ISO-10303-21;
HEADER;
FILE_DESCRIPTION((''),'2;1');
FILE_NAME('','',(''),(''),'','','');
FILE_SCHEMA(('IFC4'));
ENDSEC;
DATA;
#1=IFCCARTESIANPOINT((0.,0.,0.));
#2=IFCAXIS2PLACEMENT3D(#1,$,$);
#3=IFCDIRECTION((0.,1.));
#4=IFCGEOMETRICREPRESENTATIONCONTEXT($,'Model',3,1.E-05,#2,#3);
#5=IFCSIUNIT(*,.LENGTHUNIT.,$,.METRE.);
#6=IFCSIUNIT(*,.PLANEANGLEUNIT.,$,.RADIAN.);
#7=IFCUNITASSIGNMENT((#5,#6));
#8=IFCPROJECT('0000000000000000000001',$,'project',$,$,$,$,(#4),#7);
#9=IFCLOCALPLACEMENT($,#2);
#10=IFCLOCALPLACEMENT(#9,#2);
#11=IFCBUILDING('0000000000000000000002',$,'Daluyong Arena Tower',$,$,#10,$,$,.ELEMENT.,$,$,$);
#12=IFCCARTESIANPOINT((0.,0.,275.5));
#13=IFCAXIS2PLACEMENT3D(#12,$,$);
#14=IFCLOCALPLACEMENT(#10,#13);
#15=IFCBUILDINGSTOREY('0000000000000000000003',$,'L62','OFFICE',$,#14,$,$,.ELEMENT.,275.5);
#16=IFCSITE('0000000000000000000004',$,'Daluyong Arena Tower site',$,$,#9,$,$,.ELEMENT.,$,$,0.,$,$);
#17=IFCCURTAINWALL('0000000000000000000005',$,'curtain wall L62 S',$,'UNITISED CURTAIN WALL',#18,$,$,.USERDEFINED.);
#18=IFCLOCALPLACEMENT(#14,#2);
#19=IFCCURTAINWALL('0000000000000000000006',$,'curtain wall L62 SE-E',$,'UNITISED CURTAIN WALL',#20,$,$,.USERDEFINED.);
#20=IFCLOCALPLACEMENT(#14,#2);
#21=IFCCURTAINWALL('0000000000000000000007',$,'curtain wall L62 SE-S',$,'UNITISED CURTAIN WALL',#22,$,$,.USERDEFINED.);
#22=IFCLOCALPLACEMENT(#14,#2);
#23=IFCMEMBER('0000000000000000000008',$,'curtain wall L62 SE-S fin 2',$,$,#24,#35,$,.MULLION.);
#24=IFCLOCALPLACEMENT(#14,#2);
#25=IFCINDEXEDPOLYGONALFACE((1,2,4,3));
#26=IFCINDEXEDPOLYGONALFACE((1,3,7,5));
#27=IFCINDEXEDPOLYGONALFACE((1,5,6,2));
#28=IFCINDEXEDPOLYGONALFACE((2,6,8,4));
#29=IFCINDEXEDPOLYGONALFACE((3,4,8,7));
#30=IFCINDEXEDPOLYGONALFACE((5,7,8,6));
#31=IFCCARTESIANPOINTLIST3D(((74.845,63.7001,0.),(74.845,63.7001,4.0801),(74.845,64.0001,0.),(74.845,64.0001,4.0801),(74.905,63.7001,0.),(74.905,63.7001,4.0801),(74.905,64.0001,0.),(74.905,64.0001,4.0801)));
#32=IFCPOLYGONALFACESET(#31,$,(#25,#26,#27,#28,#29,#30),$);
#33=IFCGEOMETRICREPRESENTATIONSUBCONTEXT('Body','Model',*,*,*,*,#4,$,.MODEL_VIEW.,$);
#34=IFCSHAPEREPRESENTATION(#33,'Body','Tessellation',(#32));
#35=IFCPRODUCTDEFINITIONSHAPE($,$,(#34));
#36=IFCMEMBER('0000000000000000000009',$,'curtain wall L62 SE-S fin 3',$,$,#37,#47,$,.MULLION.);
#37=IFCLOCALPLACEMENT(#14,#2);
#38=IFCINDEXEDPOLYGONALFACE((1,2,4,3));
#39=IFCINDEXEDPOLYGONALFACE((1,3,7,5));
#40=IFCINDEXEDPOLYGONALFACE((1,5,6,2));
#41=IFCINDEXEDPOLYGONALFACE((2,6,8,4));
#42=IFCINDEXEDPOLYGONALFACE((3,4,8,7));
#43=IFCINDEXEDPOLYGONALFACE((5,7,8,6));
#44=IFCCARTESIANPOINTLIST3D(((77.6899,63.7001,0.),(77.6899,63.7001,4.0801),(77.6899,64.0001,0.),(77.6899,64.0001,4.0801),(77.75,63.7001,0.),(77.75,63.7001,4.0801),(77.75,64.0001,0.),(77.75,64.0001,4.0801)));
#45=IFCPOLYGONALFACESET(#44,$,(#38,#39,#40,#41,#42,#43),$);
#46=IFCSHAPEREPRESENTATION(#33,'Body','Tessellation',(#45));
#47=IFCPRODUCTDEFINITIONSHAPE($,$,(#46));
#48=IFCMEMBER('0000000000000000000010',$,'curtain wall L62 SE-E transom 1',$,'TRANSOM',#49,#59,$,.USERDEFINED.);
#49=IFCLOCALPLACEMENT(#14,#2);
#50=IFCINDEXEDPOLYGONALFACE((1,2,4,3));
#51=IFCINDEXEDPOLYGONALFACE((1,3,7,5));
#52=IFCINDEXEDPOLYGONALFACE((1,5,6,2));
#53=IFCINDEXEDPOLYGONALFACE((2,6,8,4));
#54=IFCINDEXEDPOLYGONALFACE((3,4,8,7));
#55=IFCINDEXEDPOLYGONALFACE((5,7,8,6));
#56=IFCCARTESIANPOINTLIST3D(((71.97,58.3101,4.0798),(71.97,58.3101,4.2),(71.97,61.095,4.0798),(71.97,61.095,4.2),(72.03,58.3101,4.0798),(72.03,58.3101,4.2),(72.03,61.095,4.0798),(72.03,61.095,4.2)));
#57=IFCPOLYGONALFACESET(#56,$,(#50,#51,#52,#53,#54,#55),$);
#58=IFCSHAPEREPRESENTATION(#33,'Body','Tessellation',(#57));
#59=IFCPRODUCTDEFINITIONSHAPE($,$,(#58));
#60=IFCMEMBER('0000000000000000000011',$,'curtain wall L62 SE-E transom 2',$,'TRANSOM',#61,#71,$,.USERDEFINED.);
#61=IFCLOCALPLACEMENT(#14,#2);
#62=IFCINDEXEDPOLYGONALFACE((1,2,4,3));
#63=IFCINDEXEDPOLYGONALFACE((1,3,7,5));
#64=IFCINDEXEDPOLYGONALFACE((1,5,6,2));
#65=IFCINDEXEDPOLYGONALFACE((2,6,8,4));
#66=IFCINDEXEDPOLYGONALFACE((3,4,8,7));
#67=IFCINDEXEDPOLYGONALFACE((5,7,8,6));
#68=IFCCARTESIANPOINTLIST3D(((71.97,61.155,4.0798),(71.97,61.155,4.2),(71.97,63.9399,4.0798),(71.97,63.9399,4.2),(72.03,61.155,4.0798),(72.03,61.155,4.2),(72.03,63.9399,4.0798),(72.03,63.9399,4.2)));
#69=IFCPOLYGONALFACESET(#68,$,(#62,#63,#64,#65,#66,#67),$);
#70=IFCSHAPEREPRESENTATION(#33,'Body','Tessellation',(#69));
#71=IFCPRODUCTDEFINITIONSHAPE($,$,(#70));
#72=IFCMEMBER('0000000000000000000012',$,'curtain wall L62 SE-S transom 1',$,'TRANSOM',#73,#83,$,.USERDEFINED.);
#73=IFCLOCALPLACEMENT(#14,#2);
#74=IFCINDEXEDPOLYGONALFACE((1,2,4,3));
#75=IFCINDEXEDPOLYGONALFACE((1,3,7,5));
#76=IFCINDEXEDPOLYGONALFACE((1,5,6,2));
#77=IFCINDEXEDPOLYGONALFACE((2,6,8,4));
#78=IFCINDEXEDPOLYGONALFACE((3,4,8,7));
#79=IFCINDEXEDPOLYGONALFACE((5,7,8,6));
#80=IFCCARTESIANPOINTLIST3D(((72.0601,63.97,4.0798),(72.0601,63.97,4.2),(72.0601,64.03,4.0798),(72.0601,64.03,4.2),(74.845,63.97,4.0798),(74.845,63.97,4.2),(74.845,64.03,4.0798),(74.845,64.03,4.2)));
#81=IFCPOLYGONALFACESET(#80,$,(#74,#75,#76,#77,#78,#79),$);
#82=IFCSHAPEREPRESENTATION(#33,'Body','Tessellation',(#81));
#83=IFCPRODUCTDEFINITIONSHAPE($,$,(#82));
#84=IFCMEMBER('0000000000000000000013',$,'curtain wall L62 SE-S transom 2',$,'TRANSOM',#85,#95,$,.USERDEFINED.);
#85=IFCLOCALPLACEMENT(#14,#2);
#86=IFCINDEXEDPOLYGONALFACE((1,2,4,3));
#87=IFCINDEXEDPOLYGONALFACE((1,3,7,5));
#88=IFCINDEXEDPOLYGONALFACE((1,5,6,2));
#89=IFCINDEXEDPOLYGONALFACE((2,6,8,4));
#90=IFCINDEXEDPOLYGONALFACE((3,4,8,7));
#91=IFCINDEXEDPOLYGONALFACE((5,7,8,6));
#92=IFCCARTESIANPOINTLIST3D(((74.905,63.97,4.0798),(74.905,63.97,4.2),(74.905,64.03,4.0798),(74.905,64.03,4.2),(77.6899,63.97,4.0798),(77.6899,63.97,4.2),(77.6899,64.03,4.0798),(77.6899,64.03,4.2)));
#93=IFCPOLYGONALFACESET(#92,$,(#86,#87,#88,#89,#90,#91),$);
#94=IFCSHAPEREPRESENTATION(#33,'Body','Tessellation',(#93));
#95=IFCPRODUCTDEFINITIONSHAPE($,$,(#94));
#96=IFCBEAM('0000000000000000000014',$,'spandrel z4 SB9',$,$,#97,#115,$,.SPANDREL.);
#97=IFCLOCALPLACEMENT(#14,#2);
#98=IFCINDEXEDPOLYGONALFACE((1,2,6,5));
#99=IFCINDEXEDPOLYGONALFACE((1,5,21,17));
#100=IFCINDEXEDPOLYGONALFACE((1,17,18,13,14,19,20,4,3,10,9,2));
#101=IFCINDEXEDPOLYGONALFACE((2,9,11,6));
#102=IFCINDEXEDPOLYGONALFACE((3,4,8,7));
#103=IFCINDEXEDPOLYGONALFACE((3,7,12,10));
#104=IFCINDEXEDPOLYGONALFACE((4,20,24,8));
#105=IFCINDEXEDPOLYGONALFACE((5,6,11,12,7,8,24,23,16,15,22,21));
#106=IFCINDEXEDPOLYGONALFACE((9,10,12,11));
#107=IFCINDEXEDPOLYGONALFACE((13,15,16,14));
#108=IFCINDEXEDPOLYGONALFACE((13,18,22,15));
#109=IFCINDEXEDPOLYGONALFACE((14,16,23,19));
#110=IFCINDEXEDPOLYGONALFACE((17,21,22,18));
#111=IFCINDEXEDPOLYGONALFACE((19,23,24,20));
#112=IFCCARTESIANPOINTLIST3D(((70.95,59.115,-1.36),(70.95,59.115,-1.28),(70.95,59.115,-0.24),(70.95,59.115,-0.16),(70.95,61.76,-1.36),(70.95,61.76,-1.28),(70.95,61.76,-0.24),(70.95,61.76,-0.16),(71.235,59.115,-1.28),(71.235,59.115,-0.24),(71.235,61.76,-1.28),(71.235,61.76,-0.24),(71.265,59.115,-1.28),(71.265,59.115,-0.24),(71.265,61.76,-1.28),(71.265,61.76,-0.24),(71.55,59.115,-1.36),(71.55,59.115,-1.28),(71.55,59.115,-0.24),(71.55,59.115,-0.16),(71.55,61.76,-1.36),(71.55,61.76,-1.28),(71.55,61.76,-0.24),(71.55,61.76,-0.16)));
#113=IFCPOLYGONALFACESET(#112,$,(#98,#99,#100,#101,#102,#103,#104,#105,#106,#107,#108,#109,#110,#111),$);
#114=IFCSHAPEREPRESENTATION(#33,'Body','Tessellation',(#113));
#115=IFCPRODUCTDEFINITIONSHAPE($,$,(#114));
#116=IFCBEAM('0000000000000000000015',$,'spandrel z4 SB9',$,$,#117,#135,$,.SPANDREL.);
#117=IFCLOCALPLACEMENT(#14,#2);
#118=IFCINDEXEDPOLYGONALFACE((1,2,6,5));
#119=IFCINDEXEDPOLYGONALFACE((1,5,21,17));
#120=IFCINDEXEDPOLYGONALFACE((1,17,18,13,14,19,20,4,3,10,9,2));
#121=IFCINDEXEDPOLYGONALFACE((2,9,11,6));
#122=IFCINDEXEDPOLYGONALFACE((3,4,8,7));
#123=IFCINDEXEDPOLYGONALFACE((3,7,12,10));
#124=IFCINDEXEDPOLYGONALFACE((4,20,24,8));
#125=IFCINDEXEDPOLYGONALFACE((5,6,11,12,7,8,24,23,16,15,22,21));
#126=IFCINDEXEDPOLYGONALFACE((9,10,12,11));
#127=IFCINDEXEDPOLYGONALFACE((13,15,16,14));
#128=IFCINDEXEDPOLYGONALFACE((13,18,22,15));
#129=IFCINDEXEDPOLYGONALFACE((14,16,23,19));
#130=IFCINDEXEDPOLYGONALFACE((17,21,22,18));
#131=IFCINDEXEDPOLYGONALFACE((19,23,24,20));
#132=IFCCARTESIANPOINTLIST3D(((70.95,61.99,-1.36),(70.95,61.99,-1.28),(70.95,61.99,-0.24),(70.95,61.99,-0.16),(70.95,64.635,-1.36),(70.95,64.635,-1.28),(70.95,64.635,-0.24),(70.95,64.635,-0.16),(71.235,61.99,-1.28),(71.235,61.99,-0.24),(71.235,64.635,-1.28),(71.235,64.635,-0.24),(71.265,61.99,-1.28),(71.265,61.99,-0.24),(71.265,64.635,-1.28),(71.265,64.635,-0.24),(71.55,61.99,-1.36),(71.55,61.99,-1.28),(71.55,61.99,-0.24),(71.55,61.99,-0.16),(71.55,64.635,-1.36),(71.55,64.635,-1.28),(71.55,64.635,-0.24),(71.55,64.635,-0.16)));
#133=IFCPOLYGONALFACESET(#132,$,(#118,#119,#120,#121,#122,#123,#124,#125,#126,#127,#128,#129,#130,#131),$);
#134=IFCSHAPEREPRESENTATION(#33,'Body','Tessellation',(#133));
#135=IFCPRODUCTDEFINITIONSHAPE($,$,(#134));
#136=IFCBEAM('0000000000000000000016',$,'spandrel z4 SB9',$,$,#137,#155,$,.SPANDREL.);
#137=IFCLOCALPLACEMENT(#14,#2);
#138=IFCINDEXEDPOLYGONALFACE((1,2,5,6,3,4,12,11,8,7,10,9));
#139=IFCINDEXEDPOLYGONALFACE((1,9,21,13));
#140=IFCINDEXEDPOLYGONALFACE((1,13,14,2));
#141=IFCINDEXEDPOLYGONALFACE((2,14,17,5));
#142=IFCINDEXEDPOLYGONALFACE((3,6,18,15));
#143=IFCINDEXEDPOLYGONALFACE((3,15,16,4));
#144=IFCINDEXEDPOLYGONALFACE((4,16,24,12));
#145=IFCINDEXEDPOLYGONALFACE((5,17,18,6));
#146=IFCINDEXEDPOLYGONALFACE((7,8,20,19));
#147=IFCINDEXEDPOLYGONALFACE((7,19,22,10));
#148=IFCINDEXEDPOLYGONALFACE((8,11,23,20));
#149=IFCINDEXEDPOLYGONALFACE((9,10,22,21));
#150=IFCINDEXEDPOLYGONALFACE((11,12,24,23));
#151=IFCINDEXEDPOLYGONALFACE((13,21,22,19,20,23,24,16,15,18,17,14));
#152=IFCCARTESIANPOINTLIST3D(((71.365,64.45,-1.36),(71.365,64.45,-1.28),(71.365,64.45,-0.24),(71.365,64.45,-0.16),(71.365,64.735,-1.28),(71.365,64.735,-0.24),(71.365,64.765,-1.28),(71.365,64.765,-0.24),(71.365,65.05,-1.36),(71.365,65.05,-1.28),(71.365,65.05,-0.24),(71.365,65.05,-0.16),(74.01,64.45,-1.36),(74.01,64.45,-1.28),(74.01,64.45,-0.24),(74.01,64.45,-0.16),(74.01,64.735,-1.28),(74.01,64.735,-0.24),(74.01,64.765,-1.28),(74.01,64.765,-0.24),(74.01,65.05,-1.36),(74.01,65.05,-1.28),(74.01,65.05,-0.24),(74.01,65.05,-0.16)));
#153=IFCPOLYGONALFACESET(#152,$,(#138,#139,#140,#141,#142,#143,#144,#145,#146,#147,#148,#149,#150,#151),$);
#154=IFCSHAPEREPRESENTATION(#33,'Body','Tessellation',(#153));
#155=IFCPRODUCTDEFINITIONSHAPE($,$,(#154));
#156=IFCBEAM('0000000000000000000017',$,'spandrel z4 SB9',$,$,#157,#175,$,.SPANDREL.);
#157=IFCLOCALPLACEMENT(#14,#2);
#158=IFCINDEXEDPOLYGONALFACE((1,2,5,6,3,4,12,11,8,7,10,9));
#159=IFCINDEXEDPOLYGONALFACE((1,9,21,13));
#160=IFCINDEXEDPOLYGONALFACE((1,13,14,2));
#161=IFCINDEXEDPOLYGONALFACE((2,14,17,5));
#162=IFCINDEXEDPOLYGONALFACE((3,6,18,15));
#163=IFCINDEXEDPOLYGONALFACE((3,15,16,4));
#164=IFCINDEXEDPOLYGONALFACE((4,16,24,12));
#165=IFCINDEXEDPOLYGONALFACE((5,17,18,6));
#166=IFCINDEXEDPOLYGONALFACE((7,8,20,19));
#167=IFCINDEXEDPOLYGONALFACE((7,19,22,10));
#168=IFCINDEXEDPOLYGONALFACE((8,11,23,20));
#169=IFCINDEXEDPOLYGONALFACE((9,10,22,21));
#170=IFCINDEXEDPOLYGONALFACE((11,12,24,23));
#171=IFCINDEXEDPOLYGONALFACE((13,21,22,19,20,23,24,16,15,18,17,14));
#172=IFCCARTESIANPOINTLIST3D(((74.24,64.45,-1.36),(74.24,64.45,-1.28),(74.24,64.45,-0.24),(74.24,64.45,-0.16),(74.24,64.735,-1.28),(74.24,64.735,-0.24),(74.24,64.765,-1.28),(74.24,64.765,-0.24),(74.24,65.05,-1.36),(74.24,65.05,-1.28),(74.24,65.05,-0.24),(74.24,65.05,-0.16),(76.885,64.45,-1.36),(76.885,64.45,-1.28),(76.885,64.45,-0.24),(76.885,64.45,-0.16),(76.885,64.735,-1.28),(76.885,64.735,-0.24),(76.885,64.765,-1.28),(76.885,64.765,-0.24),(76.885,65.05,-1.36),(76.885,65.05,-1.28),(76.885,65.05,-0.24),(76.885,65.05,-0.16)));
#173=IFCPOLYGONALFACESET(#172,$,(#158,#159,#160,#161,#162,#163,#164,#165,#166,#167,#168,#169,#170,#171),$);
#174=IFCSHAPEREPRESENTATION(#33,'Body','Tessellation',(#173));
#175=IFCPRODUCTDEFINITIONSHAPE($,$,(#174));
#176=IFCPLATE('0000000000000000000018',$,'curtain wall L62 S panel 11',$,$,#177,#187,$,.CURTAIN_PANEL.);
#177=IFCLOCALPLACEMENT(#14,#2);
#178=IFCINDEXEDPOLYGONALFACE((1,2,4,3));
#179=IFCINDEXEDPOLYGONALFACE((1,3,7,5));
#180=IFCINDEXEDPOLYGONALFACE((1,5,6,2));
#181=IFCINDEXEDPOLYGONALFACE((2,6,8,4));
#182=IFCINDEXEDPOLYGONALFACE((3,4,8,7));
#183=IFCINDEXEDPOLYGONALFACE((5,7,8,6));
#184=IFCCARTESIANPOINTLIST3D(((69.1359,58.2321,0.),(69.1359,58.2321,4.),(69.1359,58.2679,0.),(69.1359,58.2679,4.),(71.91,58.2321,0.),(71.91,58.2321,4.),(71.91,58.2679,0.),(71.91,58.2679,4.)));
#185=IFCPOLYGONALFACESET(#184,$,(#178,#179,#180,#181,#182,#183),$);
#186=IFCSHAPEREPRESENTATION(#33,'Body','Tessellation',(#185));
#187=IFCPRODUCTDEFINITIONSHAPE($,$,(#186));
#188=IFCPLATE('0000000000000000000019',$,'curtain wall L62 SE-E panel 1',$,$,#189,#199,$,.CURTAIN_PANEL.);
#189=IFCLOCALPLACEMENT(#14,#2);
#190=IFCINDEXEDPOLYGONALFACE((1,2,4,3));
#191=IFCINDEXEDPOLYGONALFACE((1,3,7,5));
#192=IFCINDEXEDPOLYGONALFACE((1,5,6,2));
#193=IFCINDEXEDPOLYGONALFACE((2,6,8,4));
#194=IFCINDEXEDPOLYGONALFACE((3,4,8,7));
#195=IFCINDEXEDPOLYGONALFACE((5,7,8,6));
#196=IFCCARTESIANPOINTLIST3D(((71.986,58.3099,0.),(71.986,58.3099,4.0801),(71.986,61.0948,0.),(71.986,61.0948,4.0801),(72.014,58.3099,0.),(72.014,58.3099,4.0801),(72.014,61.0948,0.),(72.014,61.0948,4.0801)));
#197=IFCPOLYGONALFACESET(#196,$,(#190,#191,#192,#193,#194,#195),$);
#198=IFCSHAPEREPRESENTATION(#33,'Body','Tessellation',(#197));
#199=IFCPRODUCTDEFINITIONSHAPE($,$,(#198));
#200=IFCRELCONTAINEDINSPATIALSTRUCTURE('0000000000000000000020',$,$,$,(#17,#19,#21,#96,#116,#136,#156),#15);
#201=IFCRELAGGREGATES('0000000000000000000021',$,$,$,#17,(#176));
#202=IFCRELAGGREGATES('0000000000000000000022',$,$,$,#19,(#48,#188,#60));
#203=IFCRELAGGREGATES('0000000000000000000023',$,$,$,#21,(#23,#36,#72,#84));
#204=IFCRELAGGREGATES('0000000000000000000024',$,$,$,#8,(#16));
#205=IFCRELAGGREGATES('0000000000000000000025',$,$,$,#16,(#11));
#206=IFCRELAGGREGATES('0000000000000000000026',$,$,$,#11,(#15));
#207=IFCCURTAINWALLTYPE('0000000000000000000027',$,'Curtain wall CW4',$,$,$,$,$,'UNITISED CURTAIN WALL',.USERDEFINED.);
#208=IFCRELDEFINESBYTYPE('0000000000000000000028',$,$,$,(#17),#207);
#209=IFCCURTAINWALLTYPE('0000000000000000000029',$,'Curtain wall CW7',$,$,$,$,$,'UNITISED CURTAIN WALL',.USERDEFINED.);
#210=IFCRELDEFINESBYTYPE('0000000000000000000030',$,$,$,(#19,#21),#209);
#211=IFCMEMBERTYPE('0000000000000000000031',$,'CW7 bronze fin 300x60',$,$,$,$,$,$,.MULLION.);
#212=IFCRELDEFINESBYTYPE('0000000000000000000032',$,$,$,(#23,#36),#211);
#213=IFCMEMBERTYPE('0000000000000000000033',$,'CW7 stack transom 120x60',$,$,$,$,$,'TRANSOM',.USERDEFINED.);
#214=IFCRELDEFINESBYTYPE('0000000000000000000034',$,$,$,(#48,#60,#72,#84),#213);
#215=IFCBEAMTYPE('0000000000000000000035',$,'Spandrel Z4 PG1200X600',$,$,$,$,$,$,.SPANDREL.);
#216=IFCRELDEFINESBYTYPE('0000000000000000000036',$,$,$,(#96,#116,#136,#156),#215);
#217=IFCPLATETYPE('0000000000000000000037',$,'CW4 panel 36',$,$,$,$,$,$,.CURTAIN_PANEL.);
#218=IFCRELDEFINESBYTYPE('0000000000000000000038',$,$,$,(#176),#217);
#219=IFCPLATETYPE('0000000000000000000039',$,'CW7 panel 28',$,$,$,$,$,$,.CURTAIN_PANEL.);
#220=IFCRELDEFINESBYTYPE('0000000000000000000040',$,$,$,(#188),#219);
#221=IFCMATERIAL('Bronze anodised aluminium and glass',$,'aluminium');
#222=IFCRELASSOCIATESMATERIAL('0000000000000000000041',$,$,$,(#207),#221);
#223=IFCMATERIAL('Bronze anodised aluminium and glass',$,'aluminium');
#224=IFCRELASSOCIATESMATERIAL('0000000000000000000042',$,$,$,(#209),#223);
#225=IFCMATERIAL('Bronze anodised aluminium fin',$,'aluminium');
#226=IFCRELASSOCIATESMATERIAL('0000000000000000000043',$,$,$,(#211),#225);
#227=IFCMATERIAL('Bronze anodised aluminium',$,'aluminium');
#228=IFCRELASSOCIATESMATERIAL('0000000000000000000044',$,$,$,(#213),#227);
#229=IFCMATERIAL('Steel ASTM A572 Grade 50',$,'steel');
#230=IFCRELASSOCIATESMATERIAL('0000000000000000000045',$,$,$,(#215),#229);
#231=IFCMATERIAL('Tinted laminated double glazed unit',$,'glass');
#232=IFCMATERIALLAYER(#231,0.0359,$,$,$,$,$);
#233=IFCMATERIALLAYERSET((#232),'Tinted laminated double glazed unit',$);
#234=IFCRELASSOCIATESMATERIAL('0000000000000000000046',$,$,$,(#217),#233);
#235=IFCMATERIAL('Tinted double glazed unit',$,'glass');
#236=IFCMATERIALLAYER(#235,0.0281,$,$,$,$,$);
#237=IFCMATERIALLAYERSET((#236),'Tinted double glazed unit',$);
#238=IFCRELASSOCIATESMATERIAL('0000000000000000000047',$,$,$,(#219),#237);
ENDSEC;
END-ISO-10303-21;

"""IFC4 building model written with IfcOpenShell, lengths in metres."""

from ifc_helpers import new_model, si_unit, direction, frame, origin, origin_2d, place, context, subcontext, project, spatial, rectangle, i_section, extrude, material, layer, layer_set, material_profile, profile_set, type_object, element, aggregate, save


model = new_model("IFC4")

# Units and contexts
model_context = context("Model", 3, precision=1e-05, world=origin(), true_north=direction((0.0, 1.0)))
body_context = subcontext(model_context, "Body", "Model", "MODEL_VIEW")
ifc_project = project(units=[si_unit("LENGTHUNIT", "METRE"), si_unit("PLANEANGLEUNIT", "RADIAN")], contexts=[model_context])

# Site, building, storey
site_placement = place(None, origin())
site = spatial("IfcSite", under=ifc_project, at=site_placement, Name="Daluyong Arena Tower site", CompositionType="ELEMENT", RefElevation=0.0)
building_placement = place(site_placement, origin())
building = spatial("IfcBuilding", under=site, at=building_placement, Name="Daluyong Arena Tower", CompositionType="ELEMENT")
storey_placement = place(building_placement, frame((0.0, 0.0, 275.5)))
storey = spatial("IfcBuildingStorey", under=building, at=storey_placement, Name="L62", Description="OFFICE", CompositionType="ELEMENT", Elevation=275.5)

# Curtain wall
ifc_material_1 = material(Name="Bronze anodised aluminium and glass", Category="aluminium")
curtain_wall_type_1 = type_object("IfcCurtainWallType", Name="Curtain wall CW4", ElementType="UNITISED CURTAIN WALL", PredefinedType="USERDEFINED", material=ifc_material_1)
curtain_wall_1_placement = place(storey_placement, origin())
curtain_wall_1 = element("IfcCurtainWall", 1, at=curtain_wall_1_placement, inside=storey, type_object=curtain_wall_type_1, Name="curtain wall L62 S", ObjectType="UNITISED CURTAIN WALL", PredefinedType="USERDEFINED")

# Curtain walls, members
ifc_material_2 = material(Name="Bronze anodised aluminium and glass", Category="aluminium")
curtain_wall_type_2 = type_object("IfcCurtainWallType", Name="Curtain wall CW7", ElementType="UNITISED CURTAIN WALL", PredefinedType="USERDEFINED", material=ifc_material_2)
curtain_wall_2_placement = place(storey_placement, origin())
curtain_wall_2 = element("IfcCurtainWall", 2, at=curtain_wall_2_placement, inside=storey, type_object=curtain_wall_type_2, Name="curtain wall L62 SE-E", ObjectType="UNITISED CURTAIN WALL", PredefinedType="USERDEFINED")
ifc_material_3 = material(Name="Bronze anodised aluminium fin", Category="aluminium")
ifc_material_profile_1 = material_profile(ifc_material_3, rectangle(XDim=0.3, YDim=0.0601, at=origin_2d()))
ifc_profile_set_1 = profile_set([ifc_material_profile_1], Name="Bronze anodised aluminium fin")
member_type_1 = type_object("IfcMemberType", Name="CW7 bronze fin 300x60", PredefinedType="MULLION", material=ifc_profile_set_1)
curtain_wall_3_placement = place(storey_placement, origin())
curtain_wall_3 = element("IfcCurtainWall", 3, at=curtain_wall_3_placement, inside=storey, type_object=curtain_wall_type_2, Name="curtain wall L62 SE-S", ObjectType="UNITISED CURTAIN WALL", PredefinedType="USERDEFINED")
member_1_placement = place(storey_placement, frame((74.875, 63.8501, 0.0), z_axis=(0.0, 0.0, 1.0), x_axis=(0.0, 1.0, 0.0)))
member_1 = element("IfcMember", 4, at=member_1_placement, type_object=member_type_1, Name="curtain wall L62 SE-S fin 2", PredefinedType="MULLION", context=body_context, shape_type="SweptSolid", body=[
    extrude(rectangle(XDim=0.3, YDim=0.0601, at=origin_2d()), origin(), (0.0, 0.0, 1.0), 4.0801),
])
member_2_placement = place(storey_placement, frame((77.72, 63.8501, 0.0), z_axis=(0.0, 0.0, 1.0), x_axis=(0.0, 1.0, 0.0)))
member_2 = element("IfcMember", 5, at=member_2_placement, type_object=member_type_1, Name="curtain wall L62 SE-S fin 3", PredefinedType="MULLION", context=body_context, shape_type="SweptSolid", body=[
    extrude(rectangle(XDim=0.3, YDim=0.0601, at=origin_2d()), origin(), (0.0, 0.0, 1.0), 4.0801),
])

# Members
ifc_material_4 = material(Name="Bronze anodised aluminium", Category="aluminium")
ifc_material_profile_2 = material_profile(ifc_material_4, rectangle(XDim=0.0601, YDim=0.1201, at=origin_2d()))
ifc_profile_set_2 = profile_set([ifc_material_profile_2], Name="Bronze anodised aluminium")
member_type_2 = type_object("IfcMemberType", Name="CW7 stack transom 120x60", ElementType="TRANSOM", PredefinedType="USERDEFINED", material=ifc_profile_set_2)
member_3_placement = place(storey_placement, frame((72.0, 58.3101, 4.1399), z_axis=(0.0, 1.0, 0.0), x_axis=(-1.0, 0.0, 0.0)))
member_3 = element("IfcMember", 6, at=member_3_placement, type_object=member_type_2, Name="curtain wall L62 SE-E transom 1", ObjectType="TRANSOM", PredefinedType="USERDEFINED", context=body_context, shape_type="SweptSolid", body=[
    extrude(rectangle(XDim=0.0601, YDim=0.1201, at=origin_2d()), origin(), (0.0, 0.0, 1.0), 2.7849),
])
member_4_placement = place(storey_placement, frame((72.0, 61.155, 4.1399), z_axis=(0.0, 1.0, 0.0), x_axis=(-1.0, 0.0, 0.0)))
member_4 = element("IfcMember", 7, at=member_4_placement, type_object=member_type_2, Name="curtain wall L62 SE-E transom 2", ObjectType="TRANSOM", PredefinedType="USERDEFINED", context=body_context, shape_type="SweptSolid", body=[
    extrude(rectangle(XDim=0.0601, YDim=0.1201, at=origin_2d()), origin(), (0.0, 0.0, 1.0), 2.7849),
])
member_5_placement = place(storey_placement, frame((72.0601, 64.0, 4.1399), z_axis=(1.0, 0.0, 0.0), x_axis=(0.0, 1.0, 0.0)))
member_5 = element("IfcMember", 8, at=member_5_placement, type_object=member_type_2, Name="curtain wall L62 SE-S transom 1", ObjectType="TRANSOM", PredefinedType="USERDEFINED", context=body_context, shape_type="SweptSolid", body=[
    extrude(rectangle(XDim=0.0601, YDim=0.1201, at=origin_2d()), origin(), (0.0, 0.0, 1.0), 2.7849),
])
member_6_placement = place(storey_placement, frame((74.905, 64.0, 4.1399), z_axis=(1.0, 0.0, 0.0), x_axis=(0.0, 1.0, 0.0)))
member_6 = element("IfcMember", 9, at=member_6_placement, type_object=member_type_2, Name="curtain wall L62 SE-S transom 2", ObjectType="TRANSOM", PredefinedType="USERDEFINED", context=body_context, shape_type="SweptSolid", body=[
    extrude(rectangle(XDim=0.0601, YDim=0.1201, at=origin_2d()), origin(), (0.0, 0.0, 1.0), 2.7849),
])

# Beams
ifc_material_5 = material(Name="Steel ASTM A572 Grade 50", Category="steel")
ifc_material_profile_3 = material_profile(ifc_material_5, i_section(OverallWidth=0.6001, OverallDepth=1.2, WebThickness=0.03, FlangeThickness=0.08, at=origin_2d()))
ifc_profile_set_3 = profile_set([ifc_material_profile_3], Name="Steel ASTM A572 Grade 50")
beam_type = type_object("IfcBeamType", Name="Spandrel Z4 PG1200X600", PredefinedType="SPANDREL", material=ifc_profile_set_3)
for number, where, z_axis, x_axis, name in (
    (10, (71.25, 59.115, -0.76), (0.0, 1.0, 0.0), (-1.0, 0.0, 0.0), "spandrel z4 SB9"),
    (11, (71.25, 61.99, -0.76), (0.0, 1.0, 0.0), (-1.0, 0.0, 0.0), "spandrel z4 SB9"),
    (12, (71.365, 64.75, -0.76), (1.0, 0.0, 0.0), (0.0, 1.0, 0.0), "spandrel z4 SB9"),
    (13, (74.24, 64.75, -0.76), (1.0, 0.0, 0.0), (0.0, 1.0, 0.0), "spandrel z4 SB9"),
):
    element("IfcBeam", number, at=place(storey_placement, frame(where, z_axis=z_axis, x_axis=x_axis)), inside=storey, type_object=beam_type, Name=name, PredefinedType="SPANDREL", context=body_context, shape_type="SweptSolid", body=[
        extrude(i_section(OverallWidth=0.6001, OverallDepth=1.2, WebThickness=0.03, FlangeThickness=0.08, at=origin_2d()), origin(), (0.0, 0.0, 1.0), 2.645),
    ])

# Plates
ifc_material_6 = material(Name="Tinted laminated double glazed unit", Category="glass")
ifc_layer_1 = layer(ifc_material_6, 0.0359)
ifc_layer_set_1 = layer_set([ifc_layer_1], Name="Tinted laminated double glazed unit")
plate_type_1 = type_object("IfcPlateType", Name="CW4 panel 36", PredefinedType="CURTAIN_PANEL", material=ifc_layer_set_1)
plate_1_placement = place(storey_placement, frame((70.5229, 58.25, 0.0), z_axis=(0.0, 0.0, 1.0), x_axis=(1.0, 0.0, 0.0)))
plate_1 = element("IfcPlate", 14, at=plate_1_placement, type_object=plate_type_1, Name="curtain wall L62 S panel 11", PredefinedType="CURTAIN_PANEL", context=body_context, shape_type="SweptSolid", body=[
    extrude(rectangle(XDim=2.7742, YDim=0.0359, at=origin_2d()), origin(), (0.0, 0.0, 1.0), 4.0),
])
aggregate(curtain_wall_1, [plate_1])
ifc_material_7 = material(Name="Tinted double glazed unit", Category="glass")
ifc_layer_2 = layer(ifc_material_7, 0.0281)
ifc_layer_set_2 = layer_set([ifc_layer_2], Name="Tinted double glazed unit")
plate_type_2 = type_object("IfcPlateType", Name="CW7 panel 28", PredefinedType="CURTAIN_PANEL", material=ifc_layer_set_2)
plate_2_placement = place(storey_placement, frame((72.0, 59.7024, 0.0), z_axis=(0.0, 0.0, 1.0), x_axis=(0.0, 1.0, 0.0)))
plate_2 = element("IfcPlate", 15, at=plate_2_placement, type_object=plate_type_2, Name="curtain wall L62 SE-E panel 1", PredefinedType="CURTAIN_PANEL", context=body_context, shape_type="SweptSolid", body=[
    extrude(rectangle(XDim=2.7849, YDim=0.0281, at=origin_2d()), origin(), (0.0, 0.0, 1.0), 4.0801),
])
aggregate(curtain_wall_2, [member_3, plate_2, member_4])
aggregate(curtain_wall_3, [member_1, member_2, member_5, member_6])

save(model, "model.ifc")
